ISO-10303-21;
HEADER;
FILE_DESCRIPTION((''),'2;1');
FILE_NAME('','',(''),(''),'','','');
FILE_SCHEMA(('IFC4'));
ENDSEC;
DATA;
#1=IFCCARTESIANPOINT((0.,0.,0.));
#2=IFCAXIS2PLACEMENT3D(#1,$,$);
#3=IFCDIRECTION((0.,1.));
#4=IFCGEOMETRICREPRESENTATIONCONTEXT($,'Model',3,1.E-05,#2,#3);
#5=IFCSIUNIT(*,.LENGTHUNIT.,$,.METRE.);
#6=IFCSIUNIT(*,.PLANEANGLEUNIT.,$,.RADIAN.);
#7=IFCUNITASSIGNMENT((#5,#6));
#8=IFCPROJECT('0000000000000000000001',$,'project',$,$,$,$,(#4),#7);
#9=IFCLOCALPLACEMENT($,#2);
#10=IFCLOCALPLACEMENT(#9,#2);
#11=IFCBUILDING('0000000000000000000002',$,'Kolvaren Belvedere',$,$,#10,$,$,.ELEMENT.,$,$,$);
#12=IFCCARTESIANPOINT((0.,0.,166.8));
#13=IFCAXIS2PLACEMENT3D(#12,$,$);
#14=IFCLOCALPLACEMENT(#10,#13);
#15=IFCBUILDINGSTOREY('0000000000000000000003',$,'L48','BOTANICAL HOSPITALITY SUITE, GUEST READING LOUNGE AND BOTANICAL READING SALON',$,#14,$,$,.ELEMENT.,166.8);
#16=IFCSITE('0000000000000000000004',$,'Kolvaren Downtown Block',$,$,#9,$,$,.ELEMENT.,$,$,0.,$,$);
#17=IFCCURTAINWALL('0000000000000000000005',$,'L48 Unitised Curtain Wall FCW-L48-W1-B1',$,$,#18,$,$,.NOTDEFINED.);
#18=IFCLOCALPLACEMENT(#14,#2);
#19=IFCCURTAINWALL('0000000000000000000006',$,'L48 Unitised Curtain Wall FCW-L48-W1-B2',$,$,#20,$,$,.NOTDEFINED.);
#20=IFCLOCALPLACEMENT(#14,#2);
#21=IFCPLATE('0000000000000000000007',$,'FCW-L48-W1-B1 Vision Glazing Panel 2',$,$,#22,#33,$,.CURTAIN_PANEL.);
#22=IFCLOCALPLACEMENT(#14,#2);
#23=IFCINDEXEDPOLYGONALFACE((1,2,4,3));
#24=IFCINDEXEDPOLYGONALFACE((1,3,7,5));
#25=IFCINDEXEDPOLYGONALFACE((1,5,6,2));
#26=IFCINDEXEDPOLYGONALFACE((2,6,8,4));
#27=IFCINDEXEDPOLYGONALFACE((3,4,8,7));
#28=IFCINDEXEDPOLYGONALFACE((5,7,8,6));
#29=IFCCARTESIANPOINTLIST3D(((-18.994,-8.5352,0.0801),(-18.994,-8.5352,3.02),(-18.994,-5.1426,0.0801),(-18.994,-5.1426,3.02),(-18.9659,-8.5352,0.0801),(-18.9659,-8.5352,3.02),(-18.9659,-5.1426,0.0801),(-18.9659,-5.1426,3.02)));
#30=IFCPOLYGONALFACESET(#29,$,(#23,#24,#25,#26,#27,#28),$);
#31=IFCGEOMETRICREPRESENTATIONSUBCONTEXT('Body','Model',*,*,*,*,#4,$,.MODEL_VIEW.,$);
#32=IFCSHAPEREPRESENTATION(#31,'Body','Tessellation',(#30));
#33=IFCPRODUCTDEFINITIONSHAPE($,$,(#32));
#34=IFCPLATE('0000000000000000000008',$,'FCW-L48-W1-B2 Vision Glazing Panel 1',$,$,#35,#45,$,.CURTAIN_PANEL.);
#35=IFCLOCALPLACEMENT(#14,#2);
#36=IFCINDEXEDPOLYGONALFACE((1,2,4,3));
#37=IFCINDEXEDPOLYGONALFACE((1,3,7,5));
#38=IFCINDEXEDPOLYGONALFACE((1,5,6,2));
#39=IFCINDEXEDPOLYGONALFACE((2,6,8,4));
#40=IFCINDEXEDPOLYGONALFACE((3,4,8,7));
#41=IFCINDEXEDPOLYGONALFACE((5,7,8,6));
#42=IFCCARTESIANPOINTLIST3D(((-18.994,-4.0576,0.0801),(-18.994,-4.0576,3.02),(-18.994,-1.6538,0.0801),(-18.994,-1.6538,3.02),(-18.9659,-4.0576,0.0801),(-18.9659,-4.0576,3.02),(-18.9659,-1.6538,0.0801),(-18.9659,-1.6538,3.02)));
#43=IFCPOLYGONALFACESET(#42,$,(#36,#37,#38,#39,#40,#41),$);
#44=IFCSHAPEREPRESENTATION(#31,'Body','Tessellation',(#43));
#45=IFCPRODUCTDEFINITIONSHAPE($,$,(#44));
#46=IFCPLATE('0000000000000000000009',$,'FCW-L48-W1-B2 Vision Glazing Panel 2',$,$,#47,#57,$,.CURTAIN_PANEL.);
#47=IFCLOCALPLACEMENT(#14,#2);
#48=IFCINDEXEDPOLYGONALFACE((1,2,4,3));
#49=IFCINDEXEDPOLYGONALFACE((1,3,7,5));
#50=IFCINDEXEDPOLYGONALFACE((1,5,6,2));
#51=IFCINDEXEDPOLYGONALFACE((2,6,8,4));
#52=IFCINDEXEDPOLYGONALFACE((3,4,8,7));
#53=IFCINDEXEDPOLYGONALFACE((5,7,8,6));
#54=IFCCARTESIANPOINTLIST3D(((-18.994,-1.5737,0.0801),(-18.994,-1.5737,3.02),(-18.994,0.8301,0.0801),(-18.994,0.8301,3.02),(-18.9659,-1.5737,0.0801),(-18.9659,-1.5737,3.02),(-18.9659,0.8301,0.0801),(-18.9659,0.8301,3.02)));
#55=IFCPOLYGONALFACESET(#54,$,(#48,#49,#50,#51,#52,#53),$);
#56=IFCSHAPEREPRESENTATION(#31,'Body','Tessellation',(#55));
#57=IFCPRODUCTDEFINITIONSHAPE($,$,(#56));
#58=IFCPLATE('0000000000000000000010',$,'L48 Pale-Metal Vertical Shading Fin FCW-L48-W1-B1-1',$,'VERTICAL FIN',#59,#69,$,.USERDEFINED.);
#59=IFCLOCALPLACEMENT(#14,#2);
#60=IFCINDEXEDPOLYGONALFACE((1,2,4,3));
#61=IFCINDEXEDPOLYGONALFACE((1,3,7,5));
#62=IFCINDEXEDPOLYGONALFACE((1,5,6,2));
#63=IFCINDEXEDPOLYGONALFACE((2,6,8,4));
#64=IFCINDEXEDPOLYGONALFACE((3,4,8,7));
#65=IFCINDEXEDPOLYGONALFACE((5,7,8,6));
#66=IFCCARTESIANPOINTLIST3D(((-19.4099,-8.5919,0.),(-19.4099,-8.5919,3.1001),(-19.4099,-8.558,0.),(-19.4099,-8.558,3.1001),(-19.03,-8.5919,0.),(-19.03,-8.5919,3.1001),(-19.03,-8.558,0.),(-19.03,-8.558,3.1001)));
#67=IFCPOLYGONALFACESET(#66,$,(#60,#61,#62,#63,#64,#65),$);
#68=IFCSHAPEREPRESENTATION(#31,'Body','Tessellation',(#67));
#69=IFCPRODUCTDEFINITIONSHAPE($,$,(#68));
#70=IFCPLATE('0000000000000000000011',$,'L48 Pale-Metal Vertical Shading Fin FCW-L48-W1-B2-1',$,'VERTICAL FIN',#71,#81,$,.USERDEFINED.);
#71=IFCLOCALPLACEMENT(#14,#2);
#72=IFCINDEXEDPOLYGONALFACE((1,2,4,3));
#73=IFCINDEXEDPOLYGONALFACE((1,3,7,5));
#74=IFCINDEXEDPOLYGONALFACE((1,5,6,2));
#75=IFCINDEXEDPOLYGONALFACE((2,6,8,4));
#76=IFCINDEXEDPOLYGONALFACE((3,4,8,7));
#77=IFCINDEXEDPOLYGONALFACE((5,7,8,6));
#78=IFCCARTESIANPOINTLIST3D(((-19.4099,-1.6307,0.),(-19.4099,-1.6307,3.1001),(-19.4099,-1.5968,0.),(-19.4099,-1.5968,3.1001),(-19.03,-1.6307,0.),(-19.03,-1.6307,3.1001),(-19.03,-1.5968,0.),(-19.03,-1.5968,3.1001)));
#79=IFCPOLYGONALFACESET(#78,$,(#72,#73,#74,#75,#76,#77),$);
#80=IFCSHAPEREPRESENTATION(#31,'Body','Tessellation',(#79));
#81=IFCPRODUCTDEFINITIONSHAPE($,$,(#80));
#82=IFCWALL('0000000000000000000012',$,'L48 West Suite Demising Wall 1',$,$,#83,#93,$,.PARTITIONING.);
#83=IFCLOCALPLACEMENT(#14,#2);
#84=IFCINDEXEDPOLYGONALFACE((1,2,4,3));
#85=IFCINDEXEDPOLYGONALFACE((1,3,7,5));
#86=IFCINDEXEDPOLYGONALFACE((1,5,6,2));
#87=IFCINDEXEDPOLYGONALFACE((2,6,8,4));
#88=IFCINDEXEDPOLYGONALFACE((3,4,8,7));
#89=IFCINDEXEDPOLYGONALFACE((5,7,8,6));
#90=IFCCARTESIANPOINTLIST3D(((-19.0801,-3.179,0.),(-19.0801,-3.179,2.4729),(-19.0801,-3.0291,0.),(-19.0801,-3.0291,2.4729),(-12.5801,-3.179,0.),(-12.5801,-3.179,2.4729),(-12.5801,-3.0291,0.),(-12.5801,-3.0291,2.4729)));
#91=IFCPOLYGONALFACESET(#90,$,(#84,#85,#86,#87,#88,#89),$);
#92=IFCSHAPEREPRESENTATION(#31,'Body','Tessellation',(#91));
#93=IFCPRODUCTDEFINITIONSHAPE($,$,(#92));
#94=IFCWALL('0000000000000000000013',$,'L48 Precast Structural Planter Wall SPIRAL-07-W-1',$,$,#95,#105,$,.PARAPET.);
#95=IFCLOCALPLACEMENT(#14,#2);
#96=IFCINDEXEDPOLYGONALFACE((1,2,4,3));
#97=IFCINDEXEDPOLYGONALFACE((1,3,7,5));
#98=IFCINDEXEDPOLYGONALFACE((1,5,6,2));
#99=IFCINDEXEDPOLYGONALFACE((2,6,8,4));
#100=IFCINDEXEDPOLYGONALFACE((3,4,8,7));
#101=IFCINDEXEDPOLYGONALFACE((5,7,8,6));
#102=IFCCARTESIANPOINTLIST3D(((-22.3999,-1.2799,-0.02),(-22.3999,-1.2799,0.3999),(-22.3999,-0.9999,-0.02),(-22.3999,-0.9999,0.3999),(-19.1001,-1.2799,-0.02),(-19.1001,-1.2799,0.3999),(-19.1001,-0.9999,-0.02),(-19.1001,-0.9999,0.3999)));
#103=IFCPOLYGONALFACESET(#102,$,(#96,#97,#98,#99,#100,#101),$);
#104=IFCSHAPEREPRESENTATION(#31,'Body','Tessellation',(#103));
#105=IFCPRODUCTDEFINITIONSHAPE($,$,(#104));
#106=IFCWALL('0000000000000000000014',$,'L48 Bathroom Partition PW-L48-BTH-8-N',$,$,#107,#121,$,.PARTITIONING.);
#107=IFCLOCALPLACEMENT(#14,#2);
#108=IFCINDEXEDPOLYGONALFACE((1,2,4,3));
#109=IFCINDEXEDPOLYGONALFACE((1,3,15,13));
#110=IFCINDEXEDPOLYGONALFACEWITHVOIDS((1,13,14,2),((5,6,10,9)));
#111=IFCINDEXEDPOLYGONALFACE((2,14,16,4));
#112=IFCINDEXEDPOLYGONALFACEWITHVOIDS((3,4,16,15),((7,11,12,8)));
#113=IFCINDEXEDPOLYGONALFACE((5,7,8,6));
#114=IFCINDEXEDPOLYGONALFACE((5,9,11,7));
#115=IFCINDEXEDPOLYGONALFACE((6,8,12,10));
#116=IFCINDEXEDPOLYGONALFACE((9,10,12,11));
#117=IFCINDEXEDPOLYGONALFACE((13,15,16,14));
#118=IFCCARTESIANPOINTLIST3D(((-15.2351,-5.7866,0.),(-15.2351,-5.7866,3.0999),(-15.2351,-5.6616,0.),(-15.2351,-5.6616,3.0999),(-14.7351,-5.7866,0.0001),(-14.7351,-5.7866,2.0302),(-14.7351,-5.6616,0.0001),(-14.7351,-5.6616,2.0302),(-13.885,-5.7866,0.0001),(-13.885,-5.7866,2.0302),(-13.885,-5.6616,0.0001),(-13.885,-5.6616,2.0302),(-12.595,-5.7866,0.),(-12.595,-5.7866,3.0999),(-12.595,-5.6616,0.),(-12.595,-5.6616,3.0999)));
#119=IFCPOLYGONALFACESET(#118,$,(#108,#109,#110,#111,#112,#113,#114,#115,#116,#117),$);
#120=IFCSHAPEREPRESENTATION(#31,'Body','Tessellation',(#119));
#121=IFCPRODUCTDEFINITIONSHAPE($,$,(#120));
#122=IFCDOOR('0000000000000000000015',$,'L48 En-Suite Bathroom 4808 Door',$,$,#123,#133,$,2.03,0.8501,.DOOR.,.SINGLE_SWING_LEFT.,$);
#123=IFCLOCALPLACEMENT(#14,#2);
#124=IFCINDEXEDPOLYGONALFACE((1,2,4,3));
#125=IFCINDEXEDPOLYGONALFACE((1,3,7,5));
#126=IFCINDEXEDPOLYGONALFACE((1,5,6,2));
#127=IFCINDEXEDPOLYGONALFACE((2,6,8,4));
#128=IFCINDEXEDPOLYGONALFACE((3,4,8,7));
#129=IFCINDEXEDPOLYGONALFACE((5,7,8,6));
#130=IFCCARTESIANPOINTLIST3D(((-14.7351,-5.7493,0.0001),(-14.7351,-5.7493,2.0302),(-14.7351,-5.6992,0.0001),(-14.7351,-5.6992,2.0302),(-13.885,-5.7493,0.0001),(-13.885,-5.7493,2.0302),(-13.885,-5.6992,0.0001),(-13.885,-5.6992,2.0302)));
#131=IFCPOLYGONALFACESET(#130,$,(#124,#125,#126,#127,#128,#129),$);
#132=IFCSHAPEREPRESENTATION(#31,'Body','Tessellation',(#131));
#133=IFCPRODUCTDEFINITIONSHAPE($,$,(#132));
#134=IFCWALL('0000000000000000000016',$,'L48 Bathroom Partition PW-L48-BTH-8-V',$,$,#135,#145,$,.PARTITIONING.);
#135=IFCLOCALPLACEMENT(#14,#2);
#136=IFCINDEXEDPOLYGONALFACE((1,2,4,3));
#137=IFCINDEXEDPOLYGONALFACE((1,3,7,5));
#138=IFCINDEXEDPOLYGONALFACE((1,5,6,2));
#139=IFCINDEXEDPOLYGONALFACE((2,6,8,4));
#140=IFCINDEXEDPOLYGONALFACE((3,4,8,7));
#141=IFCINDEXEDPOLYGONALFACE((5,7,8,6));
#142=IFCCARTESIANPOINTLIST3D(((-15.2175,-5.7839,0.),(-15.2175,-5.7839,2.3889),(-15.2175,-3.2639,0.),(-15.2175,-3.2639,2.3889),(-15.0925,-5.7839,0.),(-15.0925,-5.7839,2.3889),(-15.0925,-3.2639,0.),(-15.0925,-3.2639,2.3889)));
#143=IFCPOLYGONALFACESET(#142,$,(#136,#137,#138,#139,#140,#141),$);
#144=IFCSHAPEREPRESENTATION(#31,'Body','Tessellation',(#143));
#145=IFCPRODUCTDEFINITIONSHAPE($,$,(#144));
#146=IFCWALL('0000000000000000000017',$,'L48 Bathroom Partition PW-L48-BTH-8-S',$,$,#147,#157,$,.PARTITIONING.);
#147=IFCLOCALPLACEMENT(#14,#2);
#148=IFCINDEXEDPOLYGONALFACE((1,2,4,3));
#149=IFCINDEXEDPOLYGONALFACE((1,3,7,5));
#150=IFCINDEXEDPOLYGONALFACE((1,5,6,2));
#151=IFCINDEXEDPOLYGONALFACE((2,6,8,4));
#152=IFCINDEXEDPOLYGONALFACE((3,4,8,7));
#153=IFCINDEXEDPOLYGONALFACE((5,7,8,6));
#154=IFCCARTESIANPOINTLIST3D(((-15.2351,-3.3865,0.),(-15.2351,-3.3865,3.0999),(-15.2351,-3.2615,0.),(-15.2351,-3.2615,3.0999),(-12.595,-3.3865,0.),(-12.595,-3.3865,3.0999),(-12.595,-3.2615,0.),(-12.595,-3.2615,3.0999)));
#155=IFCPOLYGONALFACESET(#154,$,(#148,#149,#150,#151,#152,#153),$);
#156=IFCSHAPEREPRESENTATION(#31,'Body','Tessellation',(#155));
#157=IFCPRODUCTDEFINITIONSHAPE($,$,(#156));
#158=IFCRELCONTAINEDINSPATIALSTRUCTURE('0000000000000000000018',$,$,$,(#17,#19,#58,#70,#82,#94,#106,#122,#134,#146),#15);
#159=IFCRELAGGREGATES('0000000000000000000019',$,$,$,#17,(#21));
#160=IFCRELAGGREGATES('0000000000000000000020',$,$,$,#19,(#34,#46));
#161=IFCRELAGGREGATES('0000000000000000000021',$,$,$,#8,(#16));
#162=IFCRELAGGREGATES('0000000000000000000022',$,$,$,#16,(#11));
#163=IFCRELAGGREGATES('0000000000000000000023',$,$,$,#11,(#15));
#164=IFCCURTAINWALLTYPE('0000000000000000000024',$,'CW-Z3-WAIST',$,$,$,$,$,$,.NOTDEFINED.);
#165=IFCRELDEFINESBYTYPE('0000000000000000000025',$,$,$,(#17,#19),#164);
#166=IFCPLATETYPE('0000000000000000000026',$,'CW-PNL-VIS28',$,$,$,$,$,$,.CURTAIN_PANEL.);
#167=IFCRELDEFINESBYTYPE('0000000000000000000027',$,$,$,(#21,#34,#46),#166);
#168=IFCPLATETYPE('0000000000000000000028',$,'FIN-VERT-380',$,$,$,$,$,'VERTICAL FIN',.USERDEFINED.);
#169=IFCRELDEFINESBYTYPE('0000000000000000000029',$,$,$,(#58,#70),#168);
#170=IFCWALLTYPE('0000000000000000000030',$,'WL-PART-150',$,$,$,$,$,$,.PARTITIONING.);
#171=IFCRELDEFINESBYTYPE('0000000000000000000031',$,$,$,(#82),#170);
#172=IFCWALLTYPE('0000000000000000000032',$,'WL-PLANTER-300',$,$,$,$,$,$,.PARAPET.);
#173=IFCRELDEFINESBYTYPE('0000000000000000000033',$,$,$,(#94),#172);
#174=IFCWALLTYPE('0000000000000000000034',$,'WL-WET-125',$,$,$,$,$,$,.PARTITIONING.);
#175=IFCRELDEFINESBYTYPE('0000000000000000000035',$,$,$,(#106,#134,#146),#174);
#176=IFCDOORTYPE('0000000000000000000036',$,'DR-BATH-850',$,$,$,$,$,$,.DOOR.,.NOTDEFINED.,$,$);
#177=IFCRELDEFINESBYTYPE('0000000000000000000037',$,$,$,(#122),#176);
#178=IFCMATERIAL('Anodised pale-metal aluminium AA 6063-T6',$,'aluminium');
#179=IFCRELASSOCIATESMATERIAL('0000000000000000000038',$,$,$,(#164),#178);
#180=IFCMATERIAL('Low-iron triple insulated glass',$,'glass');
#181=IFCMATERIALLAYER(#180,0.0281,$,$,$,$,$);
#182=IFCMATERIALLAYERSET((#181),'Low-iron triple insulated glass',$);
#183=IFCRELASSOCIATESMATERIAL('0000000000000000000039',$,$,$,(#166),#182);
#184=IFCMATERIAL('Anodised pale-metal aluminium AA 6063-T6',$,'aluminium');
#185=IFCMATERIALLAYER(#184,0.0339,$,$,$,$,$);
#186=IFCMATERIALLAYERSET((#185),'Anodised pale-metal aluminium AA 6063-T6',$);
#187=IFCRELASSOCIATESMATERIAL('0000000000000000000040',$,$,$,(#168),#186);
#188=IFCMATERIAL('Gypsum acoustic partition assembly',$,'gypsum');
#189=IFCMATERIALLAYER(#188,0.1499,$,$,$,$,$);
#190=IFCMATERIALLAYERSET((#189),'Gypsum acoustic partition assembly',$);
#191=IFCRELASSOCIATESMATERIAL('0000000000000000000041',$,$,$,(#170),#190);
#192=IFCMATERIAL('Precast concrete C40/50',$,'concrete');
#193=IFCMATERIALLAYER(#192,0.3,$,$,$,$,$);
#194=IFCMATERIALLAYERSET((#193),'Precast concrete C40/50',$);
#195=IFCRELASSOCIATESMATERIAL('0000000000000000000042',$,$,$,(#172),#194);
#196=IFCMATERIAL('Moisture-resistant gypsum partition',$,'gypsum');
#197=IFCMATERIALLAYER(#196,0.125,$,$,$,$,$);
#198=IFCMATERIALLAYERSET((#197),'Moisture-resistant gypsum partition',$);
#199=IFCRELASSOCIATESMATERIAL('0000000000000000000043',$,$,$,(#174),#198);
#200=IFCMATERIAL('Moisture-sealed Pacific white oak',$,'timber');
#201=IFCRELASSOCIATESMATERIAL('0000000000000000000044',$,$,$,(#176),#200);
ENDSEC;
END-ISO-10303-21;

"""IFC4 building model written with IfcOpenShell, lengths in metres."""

from ifc_helpers import new_model, si_unit, direction, frame, frame_2d, origin, origin_2d, place, context, subcontext, project, spatial, rectangle, extrude, material, layer, layer_set, type_object, element, fill, aggregate, save


model = new_model("IFC4")

# Units and contexts
model_context = context("Model", 3, precision=1e-05, world=origin(), true_north=direction((0.0, 1.0)))
body_context = subcontext(model_context, "Body", "Model", "MODEL_VIEW")
ifc_project = project(units=[si_unit("LENGTHUNIT", "METRE"), si_unit("PLANEANGLEUNIT", "RADIAN")], contexts=[model_context])

# Site, building, storey
site_placement = place(None, origin())
site = spatial("IfcSite", under=ifc_project, at=site_placement, Name="Kolvaren Downtown Block", CompositionType="ELEMENT", RefElevation=0.0)
building_placement = place(site_placement, origin())
building = spatial("IfcBuilding", under=site, at=building_placement, Name="Kolvaren Belvedere", CompositionType="ELEMENT")
storey_placement = place(building_placement, frame((0.0, 0.0, 166.8)))
storey = spatial("IfcBuildingStorey", under=building, at=storey_placement, Name="L48", Description="BOTANICAL HOSPITALITY SUITE, GUEST READING LOUNGE AND BOTANICAL READING SALON", CompositionType="ELEMENT", Elevation=166.8)

# Curtain walls
ifc_material_1 = material(Name="Anodised pale-metal aluminium AA 6063-T6", Category="aluminium")
curtain_wall_type = type_object("IfcCurtainWallType", Name="CW-Z3-WAIST", PredefinedType="NOTDEFINED", material=ifc_material_1)
curtain_wall_1_placement = place(storey_placement, origin())
curtain_wall_1 = element("IfcCurtainWall", 1, at=curtain_wall_1_placement, inside=storey, type_object=curtain_wall_type, Name="L48 Unitised Curtain Wall FCW-L48-W1-B1", PredefinedType="NOTDEFINED")
curtain_wall_2_placement = place(storey_placement, origin())
curtain_wall_2 = element("IfcCurtainWall", 2, at=curtain_wall_2_placement, inside=storey, type_object=curtain_wall_type, Name="L48 Unitised Curtain Wall FCW-L48-W1-B2", PredefinedType="NOTDEFINED")

# Plates
ifc_material_2 = material(Name="Low-iron triple insulated glass", Category="glass")
ifc_layer_1 = layer(ifc_material_2, 0.0281)
ifc_layer_set_1 = layer_set([ifc_layer_1], Name="Low-iron triple insulated glass")
plate_type_1 = type_object("IfcPlateType", Name="CW-PNL-VIS28", PredefinedType="CURTAIN_PANEL", material=ifc_layer_set_1)
plate_1_placement = place(storey_placement, frame((-18.98, -6.8389, 0.0801), z_axis=(0.0, 0.0, 1.0), x_axis=(0.0, 1.0, 0.0)))
plate_1 = element("IfcPlate", 3, at=plate_1_placement, type_object=plate_type_1, Name="FCW-L48-W1-B1 Vision Glazing Panel 2", PredefinedType="CURTAIN_PANEL", context=body_context, shape_type="SweptSolid", body=[
    extrude(rectangle(XDim=3.3926, YDim=0.0281, at=origin_2d()), origin(), (0.0, 0.0, 1.0), 2.9399),
])
aggregate(curtain_wall_1, [plate_1])
plate_2_placement = place(storey_placement, frame((-18.98, -2.8557, 0.0801), z_axis=(0.0, 0.0, 1.0), x_axis=(0.0, 1.0, 0.0)))
plate_2 = element("IfcPlate", 4, at=plate_2_placement, type_object=plate_type_1, Name="FCW-L48-W1-B2 Vision Glazing Panel 1", PredefinedType="CURTAIN_PANEL", context=body_context, shape_type="SweptSolid", body=[
    extrude(rectangle(XDim=2.4038, YDim=0.0281, at=origin_2d()), origin(), (0.0, 0.0, 1.0), 2.9399),
])
plate_3_placement = place(storey_placement, frame((-18.98, -0.3718, 0.0801), z_axis=(0.0, 0.0, 1.0), x_axis=(0.0, 1.0, 0.0)))
plate_3 = element("IfcPlate", 5, at=plate_3_placement, type_object=plate_type_1, Name="FCW-L48-W1-B2 Vision Glazing Panel 2", PredefinedType="CURTAIN_PANEL", context=body_context, shape_type="SweptSolid", body=[
    extrude(rectangle(XDim=2.4038, YDim=0.0281, at=origin_2d()), origin(), (0.0, 0.0, 1.0), 2.9399),
])
aggregate(curtain_wall_2, [plate_2, plate_3])

# Plates
ifc_material_3 = material(Name="Anodised pale-metal aluminium AA 6063-T6", Category="aluminium")
ifc_layer_2 = layer(ifc_material_3, 0.0339)
ifc_layer_set_2 = layer_set([ifc_layer_2], Name="Anodised pale-metal aluminium AA 6063-T6")
plate_type_2 = type_object("IfcPlateType", Name="FIN-VERT-380", ElementType="VERTICAL FIN", PredefinedType="USERDEFINED", material=ifc_layer_set_2)
for number, where, z_axis, x_axis, name in (
    (6, (-19.22, -8.575, 0.0), (0.0, 0.0, 1.0), (1.0, 0.0, 0.0), "L48 Pale-Metal Vertical Shading Fin FCW-L48-W1-B1-1"),
    (7, (-19.22, -1.6138, 0.0), (0.0, 0.0, 1.0), (1.0, 0.0, 0.0), "L48 Pale-Metal Vertical Shading Fin FCW-L48-W1-B2-1"),
):
    element("IfcPlate", number, at=place(storey_placement, frame(where, z_axis=z_axis, x_axis=x_axis)), inside=storey, type_object=plate_type_2, Name=name, ObjectType="VERTICAL FIN", PredefinedType="USERDEFINED", context=body_context, shape_type="SweptSolid", body=[
        extrude(rectangle(XDim=0.3799, YDim=0.0339, at=origin_2d()), origin(), (0.0, 0.0, 1.0), 3.1001),
    ])

# Walls
ifc_material_4 = material(Name="Gypsum acoustic partition assembly", Category="gypsum")
ifc_layer_3 = layer(ifc_material_4, 0.1499)
ifc_layer_set_3 = layer_set([ifc_layer_3], Name="Gypsum acoustic partition assembly")
wall_type_1 = type_object("IfcWallType", Name="WL-PART-150", PredefinedType="PARTITIONING", material=ifc_layer_set_3)
wall_1_placement = place(storey_placement, frame((-19.0801, -3.104, 0.0), z_axis=(0.0, 0.0, 1.0), x_axis=(1.0, 0.0, 0.0)))
element("IfcWall", 8, at=wall_1_placement, inside=storey, type_object=wall_type_1, Name="L48 West Suite Demising Wall 1", PredefinedType="PARTITIONING", context=body_context, shape_type="SweptSolid", body=[
    extrude(rectangle(XDim=6.5, YDim=0.1499, at=frame_2d((3.25, 0.0))), origin(), (0.0, 0.0, 1.0), 2.4729),
])
ifc_material_5 = material(Name="Precast concrete C40/50", Category="concrete")
ifc_layer_4 = layer(ifc_material_5, 0.3)
ifc_layer_set_4 = layer_set([ifc_layer_4], Name="Precast concrete C40/50")
wall_type_2 = type_object("IfcWallType", Name="WL-PLANTER-300", PredefinedType="PARAPET", material=ifc_layer_set_4)
wall_2_placement = place(storey_placement, frame((-22.3999, -1.1399, -0.02), z_axis=(0.0, 0.0, 1.0), x_axis=(1.0, 0.0, 0.0)))
element("IfcWall", 9, at=wall_2_placement, inside=storey, type_object=wall_type_2, Name="L48 Precast Structural Planter Wall SPIRAL-07-W-1", PredefinedType="PARAPET", context=body_context, shape_type="SweptSolid", body=[
    extrude(rectangle(XDim=3.2998, YDim=0.28, at=frame_2d((1.6499, 0.0))), origin(), (0.0, 0.0, 1.0), 0.4199),
])

# Wall, opening, door
ifc_material_6 = material(Name="Moisture-resistant gypsum partition", Category="gypsum")
ifc_layer_5 = layer(ifc_material_6, 0.125)
ifc_layer_set_5 = layer_set([ifc_layer_5], Name="Moisture-resistant gypsum partition")
wall_type_3 = type_object("IfcWallType", Name="WL-WET-125", PredefinedType="PARTITIONING", material=ifc_layer_set_5)
wall_3_placement = place(storey_placement, frame((-15.2351, -5.7241, 0.0), z_axis=(0.0, 0.0, 1.0), x_axis=(1.0, 0.0, 0.0)))
wall_3 = element("IfcWall", 10, at=wall_3_placement, inside=storey, type_object=wall_type_3, Name="L48 Bathroom Partition PW-L48-BTH-8-N", PredefinedType="PARTITIONING", context=body_context, shape_type="SweptSolid", body=[
    extrude(rectangle(XDim=2.6401, YDim=0.125, at=frame_2d((1.3201, 0.0))), origin(), (0.0, 0.0, 1.0), 3.0999),
])
opening_placement = place(wall_3_placement, frame((0.5, 0.0, 0.0)))
opening = element("IfcOpeningElement", 11, at=opening_placement, cuts=wall_3, PredefinedType="OPENING", context=body_context, shape_type="SweptSolid", body=[
    extrude(rectangle(XDim=0.8501, YDim=2.03, at=frame_2d((0.425, 1.0151))), frame((0.0, 0.0725, 0.0), z_axis=(0.0, -1.0, 0.0), x_axis=(1.0, 0.0, 0.0)), (0.0, 0.0, 1.0), 0.145),
])
ifc_material_7 = material(Name="Moisture-sealed Pacific white oak", Category="timber")
door_type = type_object("IfcDoorType", Name="DR-BATH-850", OperationType="NOTDEFINED", PredefinedType="DOOR", material=ifc_material_7)
door_placement = place(opening_placement, origin())
door = element("IfcDoor", 12, at=door_placement, inside=storey, type_object=door_type, Name="L48 En-Suite Bathroom 4808 Door", OperationType="SINGLE_SWING_LEFT", OverallHeight=2.03, OverallWidth=0.8501, PredefinedType="DOOR", context=body_context, shape_type="SweptSolid", body=[
    extrude(rectangle(XDim=0.8501, YDim=2.03, at=frame_2d((0.425, 1.0151))), frame((0.0, 0.0249, 0.0), z_axis=(0.0, -1.0, 0.0), x_axis=(1.0, 0.0, 0.0)), (0.0, 0.0, 1.0), 0.05),
])
fill(opening, door)

# Walls
wall_4_placement = place(storey_placement, frame((-15.155, -5.7839, 0.0), z_axis=(0.0, 0.0, 1.0), x_axis=(0.0, 1.0, 0.0)))
element("IfcWall", 13, at=wall_4_placement, inside=storey, type_object=wall_type_3, Name="L48 Bathroom Partition PW-L48-BTH-8-V", PredefinedType="PARTITIONING", context=body_context, shape_type="SweptSolid", body=[
    extrude(rectangle(XDim=2.52, YDim=0.125, at=frame_2d((1.26, 0.0))), origin(), (0.0, 0.0, 1.0), 2.3889),
])
wall_5_placement = place(storey_placement, frame((-15.2351, -3.324, 0.0), z_axis=(0.0, 0.0, 1.0), x_axis=(1.0, 0.0, 0.0)))
element("IfcWall", 14, at=wall_5_placement, inside=storey, type_object=wall_type_3, Name="L48 Bathroom Partition PW-L48-BTH-8-S", PredefinedType="PARTITIONING", context=body_context, shape_type="SweptSolid", body=[
    extrude(rectangle(XDim=2.6401, YDim=0.125, at=frame_2d((1.3201, 0.0))), origin(), (0.0, 0.0, 1.0), 3.0999),
])

save(model, "model.ifc")
